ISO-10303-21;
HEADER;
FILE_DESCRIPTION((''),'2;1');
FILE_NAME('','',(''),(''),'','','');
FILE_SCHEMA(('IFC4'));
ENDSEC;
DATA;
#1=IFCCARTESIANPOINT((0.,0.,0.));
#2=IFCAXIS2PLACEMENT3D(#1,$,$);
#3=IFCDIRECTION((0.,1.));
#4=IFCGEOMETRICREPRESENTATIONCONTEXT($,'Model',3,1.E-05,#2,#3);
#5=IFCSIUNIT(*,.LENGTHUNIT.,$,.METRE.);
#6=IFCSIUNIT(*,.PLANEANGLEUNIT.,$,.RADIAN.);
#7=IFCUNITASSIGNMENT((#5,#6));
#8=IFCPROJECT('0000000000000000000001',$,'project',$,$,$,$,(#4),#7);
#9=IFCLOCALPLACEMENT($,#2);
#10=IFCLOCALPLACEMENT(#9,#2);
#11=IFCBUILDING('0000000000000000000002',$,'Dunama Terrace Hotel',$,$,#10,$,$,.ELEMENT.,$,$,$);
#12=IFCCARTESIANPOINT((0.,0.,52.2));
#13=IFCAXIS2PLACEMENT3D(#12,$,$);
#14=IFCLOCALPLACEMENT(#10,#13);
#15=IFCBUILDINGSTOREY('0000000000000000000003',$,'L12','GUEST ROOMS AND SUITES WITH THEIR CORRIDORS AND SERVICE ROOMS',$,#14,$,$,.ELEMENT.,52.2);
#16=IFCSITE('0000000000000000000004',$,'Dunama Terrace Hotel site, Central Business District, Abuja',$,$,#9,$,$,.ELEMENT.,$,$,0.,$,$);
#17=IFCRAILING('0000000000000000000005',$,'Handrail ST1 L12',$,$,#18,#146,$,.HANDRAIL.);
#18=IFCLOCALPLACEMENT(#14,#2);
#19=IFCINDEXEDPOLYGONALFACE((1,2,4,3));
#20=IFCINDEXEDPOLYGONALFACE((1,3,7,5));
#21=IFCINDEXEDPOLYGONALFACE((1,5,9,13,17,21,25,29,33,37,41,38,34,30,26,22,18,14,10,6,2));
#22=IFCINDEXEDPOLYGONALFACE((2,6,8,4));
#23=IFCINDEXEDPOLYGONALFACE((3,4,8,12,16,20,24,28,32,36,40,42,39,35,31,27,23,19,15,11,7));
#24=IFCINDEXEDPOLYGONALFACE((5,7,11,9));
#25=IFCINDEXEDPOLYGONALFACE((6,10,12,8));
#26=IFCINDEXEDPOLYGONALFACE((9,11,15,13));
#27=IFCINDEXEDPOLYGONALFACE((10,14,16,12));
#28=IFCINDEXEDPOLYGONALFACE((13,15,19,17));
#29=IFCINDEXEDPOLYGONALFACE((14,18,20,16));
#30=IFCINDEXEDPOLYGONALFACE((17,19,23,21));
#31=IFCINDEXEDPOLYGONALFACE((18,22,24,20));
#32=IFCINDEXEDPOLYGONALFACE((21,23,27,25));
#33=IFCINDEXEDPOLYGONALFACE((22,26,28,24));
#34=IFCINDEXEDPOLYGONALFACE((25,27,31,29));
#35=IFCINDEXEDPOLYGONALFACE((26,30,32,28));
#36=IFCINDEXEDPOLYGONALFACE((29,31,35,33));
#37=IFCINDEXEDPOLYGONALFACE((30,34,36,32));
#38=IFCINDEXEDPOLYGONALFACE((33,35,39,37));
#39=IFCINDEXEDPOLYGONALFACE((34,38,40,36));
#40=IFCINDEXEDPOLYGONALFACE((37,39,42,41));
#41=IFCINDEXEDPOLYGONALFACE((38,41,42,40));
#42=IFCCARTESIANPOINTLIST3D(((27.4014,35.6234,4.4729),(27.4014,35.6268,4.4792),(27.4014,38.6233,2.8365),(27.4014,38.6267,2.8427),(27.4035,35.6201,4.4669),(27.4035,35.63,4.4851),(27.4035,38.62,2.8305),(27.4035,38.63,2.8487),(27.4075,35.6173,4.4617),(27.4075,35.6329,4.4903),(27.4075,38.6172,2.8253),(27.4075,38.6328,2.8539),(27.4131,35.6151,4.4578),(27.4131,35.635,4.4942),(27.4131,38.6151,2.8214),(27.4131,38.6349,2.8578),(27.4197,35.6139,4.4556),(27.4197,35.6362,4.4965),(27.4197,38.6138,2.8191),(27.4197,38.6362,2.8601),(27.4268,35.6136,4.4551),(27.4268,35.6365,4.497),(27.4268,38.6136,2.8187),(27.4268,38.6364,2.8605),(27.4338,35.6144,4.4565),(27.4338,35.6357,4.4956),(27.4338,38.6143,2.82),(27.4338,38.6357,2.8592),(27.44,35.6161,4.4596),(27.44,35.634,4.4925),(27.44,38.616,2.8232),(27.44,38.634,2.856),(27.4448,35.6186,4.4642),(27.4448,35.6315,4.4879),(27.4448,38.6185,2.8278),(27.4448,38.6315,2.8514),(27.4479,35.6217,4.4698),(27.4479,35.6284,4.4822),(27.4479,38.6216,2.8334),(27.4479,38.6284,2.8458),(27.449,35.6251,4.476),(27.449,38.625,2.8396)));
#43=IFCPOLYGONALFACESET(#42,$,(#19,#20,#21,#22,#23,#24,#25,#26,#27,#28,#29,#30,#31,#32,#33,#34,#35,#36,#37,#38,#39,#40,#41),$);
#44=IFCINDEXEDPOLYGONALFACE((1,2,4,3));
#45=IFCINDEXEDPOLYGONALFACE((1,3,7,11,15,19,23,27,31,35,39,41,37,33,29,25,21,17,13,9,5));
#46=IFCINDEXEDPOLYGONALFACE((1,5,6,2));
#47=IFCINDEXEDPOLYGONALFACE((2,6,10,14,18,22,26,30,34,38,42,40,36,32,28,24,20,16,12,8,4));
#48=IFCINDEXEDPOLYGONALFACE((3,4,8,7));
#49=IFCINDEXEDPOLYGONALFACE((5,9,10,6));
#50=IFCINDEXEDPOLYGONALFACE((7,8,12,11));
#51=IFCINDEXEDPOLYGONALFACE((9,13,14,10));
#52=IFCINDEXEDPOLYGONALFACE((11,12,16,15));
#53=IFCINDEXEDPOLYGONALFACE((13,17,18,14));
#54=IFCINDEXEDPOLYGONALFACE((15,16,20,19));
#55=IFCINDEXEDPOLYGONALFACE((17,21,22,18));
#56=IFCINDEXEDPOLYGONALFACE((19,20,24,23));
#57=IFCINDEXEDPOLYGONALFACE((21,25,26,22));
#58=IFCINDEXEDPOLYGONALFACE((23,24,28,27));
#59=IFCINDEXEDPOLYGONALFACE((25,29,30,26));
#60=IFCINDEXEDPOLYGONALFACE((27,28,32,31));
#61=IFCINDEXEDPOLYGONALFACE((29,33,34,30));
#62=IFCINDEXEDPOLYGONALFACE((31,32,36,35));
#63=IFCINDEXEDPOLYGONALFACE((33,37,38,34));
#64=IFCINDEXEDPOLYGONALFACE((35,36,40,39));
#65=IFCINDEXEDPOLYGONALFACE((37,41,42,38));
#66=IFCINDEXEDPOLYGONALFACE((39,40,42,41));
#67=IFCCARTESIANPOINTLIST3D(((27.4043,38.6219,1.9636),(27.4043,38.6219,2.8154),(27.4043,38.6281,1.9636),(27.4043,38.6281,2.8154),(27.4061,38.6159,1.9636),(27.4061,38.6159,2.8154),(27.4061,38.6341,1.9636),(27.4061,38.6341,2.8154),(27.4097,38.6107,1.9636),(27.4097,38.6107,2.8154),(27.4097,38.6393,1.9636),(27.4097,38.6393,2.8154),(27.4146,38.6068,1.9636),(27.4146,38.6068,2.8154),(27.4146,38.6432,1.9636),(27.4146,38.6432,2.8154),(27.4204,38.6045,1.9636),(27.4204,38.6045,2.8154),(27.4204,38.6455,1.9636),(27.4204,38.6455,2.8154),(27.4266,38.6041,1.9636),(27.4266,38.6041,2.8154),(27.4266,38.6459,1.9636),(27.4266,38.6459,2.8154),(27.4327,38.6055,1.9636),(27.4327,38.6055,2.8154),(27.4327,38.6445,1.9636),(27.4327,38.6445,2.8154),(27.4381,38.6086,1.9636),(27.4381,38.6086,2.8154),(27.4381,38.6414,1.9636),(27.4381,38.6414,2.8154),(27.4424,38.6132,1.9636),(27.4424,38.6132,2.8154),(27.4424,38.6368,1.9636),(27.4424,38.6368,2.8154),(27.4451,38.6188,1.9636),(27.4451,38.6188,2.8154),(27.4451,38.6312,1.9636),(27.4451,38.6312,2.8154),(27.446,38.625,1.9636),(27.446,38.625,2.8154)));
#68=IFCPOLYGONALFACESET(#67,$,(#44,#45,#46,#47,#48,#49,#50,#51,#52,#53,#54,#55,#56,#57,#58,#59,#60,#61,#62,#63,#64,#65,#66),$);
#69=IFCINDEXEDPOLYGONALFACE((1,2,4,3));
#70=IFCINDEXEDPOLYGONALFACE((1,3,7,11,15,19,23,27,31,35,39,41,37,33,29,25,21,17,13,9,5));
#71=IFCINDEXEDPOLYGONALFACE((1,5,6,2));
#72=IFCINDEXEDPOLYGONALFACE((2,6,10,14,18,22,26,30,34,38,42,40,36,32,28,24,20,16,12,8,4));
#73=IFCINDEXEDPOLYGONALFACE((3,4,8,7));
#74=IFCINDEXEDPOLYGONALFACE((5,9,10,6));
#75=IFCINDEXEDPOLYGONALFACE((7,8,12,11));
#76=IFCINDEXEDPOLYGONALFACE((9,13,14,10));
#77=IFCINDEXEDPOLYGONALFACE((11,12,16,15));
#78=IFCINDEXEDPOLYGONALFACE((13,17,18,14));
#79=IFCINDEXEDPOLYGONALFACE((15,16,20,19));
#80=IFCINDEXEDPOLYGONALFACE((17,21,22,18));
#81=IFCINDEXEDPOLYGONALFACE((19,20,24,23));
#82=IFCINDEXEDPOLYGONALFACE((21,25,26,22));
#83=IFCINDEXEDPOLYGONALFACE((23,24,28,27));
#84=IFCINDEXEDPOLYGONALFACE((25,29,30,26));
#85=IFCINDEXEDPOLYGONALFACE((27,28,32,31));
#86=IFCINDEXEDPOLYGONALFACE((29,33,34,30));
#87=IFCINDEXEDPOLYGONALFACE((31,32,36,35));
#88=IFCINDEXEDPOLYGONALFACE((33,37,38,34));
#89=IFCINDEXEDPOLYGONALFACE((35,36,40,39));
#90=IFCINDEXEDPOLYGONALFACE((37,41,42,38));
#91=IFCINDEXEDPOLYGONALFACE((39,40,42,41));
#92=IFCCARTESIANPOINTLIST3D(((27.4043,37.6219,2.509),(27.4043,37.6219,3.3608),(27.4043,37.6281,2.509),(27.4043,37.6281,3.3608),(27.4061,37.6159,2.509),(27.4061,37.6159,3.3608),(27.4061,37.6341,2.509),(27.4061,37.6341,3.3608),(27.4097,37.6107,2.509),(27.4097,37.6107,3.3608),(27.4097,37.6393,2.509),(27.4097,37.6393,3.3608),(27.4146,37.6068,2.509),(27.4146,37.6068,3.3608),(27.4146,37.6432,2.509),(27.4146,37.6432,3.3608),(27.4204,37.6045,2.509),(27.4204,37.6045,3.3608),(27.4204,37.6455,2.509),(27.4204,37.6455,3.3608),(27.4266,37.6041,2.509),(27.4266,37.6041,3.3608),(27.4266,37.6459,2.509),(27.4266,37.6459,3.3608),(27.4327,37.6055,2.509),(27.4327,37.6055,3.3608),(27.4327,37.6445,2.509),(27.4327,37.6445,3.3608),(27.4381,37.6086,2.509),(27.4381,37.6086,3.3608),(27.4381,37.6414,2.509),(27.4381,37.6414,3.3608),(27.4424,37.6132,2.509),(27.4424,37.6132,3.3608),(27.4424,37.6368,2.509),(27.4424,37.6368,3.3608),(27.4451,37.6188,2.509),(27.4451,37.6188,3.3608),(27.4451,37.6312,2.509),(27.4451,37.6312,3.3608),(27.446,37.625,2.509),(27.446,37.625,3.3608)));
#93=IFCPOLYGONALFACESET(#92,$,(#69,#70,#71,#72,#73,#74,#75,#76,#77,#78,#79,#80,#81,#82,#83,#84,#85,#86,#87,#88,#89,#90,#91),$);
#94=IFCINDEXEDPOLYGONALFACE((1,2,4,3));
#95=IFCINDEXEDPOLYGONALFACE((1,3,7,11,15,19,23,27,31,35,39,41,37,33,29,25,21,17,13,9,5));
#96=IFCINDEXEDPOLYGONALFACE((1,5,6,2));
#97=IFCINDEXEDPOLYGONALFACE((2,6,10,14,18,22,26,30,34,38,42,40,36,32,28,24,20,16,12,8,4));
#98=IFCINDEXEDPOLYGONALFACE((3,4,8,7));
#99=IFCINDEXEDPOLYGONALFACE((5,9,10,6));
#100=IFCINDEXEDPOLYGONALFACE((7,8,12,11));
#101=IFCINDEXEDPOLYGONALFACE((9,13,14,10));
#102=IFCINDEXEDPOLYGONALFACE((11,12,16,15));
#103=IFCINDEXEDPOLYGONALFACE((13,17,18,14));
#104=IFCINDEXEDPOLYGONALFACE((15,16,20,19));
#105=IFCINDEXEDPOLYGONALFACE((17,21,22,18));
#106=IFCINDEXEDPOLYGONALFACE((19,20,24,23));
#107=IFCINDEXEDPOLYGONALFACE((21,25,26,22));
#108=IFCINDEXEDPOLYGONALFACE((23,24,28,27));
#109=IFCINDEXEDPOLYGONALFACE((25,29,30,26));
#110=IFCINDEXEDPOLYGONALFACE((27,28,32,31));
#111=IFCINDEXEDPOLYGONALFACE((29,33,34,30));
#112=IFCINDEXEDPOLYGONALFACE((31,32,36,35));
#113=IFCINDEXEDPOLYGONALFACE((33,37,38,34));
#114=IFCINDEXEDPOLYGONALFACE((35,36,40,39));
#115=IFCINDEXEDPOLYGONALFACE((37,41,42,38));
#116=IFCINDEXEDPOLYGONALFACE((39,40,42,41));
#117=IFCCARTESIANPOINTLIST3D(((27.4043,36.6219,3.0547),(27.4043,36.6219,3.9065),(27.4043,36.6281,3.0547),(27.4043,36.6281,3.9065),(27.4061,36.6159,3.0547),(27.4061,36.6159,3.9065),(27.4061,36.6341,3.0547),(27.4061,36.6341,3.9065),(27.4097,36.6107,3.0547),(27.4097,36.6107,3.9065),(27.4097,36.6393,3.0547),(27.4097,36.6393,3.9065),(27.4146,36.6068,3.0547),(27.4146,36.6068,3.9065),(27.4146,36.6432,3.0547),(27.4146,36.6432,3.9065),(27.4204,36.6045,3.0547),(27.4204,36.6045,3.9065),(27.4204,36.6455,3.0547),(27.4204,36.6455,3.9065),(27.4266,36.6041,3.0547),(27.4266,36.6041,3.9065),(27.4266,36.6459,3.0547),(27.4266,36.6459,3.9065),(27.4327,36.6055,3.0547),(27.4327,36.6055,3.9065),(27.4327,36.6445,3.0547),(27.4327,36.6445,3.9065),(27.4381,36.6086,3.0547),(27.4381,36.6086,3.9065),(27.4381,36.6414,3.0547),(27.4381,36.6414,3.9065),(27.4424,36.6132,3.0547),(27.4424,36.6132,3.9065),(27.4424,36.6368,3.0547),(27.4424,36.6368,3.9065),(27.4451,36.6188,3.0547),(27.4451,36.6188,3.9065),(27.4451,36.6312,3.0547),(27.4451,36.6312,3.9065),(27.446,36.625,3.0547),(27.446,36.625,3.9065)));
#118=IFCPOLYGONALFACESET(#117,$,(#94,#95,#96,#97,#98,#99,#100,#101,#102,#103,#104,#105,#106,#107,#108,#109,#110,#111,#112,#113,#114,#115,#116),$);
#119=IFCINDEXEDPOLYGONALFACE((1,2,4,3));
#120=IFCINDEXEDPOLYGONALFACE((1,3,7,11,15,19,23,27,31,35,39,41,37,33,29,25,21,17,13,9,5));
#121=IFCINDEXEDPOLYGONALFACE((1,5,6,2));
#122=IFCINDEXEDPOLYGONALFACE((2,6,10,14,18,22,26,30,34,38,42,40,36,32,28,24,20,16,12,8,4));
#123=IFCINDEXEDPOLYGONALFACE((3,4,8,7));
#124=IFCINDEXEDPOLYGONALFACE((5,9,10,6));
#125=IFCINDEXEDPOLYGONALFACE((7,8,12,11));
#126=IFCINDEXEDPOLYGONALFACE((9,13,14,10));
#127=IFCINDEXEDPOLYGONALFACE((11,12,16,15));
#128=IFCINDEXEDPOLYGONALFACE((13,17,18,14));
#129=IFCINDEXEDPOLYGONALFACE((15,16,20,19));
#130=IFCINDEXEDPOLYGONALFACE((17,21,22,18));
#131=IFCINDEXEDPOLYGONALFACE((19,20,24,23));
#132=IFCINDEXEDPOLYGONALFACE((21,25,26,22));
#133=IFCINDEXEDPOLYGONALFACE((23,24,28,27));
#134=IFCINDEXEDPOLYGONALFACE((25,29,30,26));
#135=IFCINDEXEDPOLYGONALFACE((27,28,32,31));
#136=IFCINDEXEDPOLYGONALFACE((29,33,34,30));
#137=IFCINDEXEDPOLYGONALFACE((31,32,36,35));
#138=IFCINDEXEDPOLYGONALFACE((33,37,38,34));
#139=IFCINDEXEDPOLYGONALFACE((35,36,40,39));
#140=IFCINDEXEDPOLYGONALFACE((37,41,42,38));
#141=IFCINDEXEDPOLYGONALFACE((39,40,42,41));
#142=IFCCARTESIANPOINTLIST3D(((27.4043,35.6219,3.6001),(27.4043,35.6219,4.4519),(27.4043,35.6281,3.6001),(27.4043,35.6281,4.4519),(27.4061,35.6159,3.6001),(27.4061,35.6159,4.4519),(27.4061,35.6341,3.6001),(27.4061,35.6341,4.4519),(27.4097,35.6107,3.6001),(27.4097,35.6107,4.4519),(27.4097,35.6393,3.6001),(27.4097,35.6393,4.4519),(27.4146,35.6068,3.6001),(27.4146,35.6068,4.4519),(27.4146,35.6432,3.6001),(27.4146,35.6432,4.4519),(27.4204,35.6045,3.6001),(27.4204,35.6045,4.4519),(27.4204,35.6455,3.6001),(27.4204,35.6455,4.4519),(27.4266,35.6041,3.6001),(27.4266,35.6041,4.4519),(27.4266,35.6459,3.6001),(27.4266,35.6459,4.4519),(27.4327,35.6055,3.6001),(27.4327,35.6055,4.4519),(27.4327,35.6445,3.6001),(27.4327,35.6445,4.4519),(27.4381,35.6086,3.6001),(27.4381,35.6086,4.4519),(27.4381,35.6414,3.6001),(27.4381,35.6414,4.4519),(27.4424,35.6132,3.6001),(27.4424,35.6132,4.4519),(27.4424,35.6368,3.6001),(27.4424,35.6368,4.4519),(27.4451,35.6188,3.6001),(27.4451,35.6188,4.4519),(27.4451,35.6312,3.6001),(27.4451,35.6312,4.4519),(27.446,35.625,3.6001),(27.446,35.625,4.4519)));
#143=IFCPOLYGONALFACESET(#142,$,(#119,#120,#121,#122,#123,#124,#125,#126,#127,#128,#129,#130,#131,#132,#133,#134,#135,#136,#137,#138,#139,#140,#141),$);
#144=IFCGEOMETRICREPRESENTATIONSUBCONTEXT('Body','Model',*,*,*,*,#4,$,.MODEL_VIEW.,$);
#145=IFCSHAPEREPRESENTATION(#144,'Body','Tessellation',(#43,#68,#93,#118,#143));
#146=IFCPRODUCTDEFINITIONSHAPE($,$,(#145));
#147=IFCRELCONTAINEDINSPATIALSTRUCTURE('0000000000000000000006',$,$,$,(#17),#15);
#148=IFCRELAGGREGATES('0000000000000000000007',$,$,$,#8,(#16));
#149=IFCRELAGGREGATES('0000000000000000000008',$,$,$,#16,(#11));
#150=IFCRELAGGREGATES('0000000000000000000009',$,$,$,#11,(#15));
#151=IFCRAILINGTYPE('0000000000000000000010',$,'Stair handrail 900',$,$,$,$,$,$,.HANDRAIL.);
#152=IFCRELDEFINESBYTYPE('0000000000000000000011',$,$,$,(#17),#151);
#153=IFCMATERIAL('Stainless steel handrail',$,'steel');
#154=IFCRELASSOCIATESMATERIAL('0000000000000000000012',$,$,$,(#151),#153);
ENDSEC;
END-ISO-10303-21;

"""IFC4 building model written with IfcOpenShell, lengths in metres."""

from ifc_helpers import new_model, si_unit, direction, frame, origin, origin_2d, place, context, subcontext, project, spatial, circle, extrude, material, type_object, element, save


model = new_model("IFC4")

# Units and contexts
model_context = context("Model", 3, precision=1e-05, world=origin(), true_north=direction((0.0, 1.0)))
body_context = subcontext(model_context, "Body", "Model", "MODEL_VIEW")
ifc_project = project(units=[si_unit("LENGTHUNIT", "METRE"), si_unit("PLANEANGLEUNIT", "RADIAN")], contexts=[model_context])

# Site, building, storey
site_placement = place(None, origin())
site = spatial("IfcSite", under=ifc_project, at=site_placement, Name="Dunama Terrace Hotel site, Central Business District, Abuja", CompositionType="ELEMENT", RefElevation=0.0)
building_placement = place(site_placement, origin())
building = spatial("IfcBuilding", under=site, at=building_placement, Name="Dunama Terrace Hotel", CompositionType="ELEMENT")
storey_placement = place(building_placement, frame((0.0, 0.0, 52.2)))
storey = spatial("IfcBuildingStorey", under=building, at=storey_placement, Name="L12", Description="GUEST ROOMS AND SUITES WITH THEIR CORRIDORS AND SERVICE ROOMS", CompositionType="ELEMENT", Elevation=52.2)

# Railing
ifc_material_1 = material(Name="Stainless steel handrail", Category="steel")
railing_type = type_object("IfcRailingType", Name="Stair handrail 900", PredefinedType="HANDRAIL", material=ifc_material_1)
railing_1_placement = place(storey_placement, frame((27.425, 38.625, 1.9636)))
element("IfcRailing", 1, at=railing_1_placement, inside=storey, type_object=railing_type, Name="Handrail ST1 L12", PredefinedType="HANDRAIL", context=body_context, shape_type="SweptSolid", body=[
    extrude(circle(Radius=0.0239, at=origin_2d()), frame((0.0, 0.0, 0.876), z_axis=(0.0, -0.877882, 0.478877), x_axis=(1.0, 0.0, 0.0)), (0.0, 0.0, 1.0), 3.4172),
    extrude(circle(Radius=0.021, at=origin_2d()), origin(), (0.0, 0.0, 1.0), 0.8518),
    extrude(circle(Radius=0.021, at=origin_2d()), frame((0.0, -1.0, 0.5454)), (0.0, 0.0, 1.0), 0.8518),
    extrude(circle(Radius=0.021, at=origin_2d()), frame((0.0, -2.0, 1.0911)), (0.0, 0.0, 1.0), 0.8518),
    extrude(circle(Radius=0.021, at=origin_2d()), frame((0.0, -3.0, 1.6365)), (0.0, 0.0, 1.0), 0.8518),
])

save(model, "model.ifc")
